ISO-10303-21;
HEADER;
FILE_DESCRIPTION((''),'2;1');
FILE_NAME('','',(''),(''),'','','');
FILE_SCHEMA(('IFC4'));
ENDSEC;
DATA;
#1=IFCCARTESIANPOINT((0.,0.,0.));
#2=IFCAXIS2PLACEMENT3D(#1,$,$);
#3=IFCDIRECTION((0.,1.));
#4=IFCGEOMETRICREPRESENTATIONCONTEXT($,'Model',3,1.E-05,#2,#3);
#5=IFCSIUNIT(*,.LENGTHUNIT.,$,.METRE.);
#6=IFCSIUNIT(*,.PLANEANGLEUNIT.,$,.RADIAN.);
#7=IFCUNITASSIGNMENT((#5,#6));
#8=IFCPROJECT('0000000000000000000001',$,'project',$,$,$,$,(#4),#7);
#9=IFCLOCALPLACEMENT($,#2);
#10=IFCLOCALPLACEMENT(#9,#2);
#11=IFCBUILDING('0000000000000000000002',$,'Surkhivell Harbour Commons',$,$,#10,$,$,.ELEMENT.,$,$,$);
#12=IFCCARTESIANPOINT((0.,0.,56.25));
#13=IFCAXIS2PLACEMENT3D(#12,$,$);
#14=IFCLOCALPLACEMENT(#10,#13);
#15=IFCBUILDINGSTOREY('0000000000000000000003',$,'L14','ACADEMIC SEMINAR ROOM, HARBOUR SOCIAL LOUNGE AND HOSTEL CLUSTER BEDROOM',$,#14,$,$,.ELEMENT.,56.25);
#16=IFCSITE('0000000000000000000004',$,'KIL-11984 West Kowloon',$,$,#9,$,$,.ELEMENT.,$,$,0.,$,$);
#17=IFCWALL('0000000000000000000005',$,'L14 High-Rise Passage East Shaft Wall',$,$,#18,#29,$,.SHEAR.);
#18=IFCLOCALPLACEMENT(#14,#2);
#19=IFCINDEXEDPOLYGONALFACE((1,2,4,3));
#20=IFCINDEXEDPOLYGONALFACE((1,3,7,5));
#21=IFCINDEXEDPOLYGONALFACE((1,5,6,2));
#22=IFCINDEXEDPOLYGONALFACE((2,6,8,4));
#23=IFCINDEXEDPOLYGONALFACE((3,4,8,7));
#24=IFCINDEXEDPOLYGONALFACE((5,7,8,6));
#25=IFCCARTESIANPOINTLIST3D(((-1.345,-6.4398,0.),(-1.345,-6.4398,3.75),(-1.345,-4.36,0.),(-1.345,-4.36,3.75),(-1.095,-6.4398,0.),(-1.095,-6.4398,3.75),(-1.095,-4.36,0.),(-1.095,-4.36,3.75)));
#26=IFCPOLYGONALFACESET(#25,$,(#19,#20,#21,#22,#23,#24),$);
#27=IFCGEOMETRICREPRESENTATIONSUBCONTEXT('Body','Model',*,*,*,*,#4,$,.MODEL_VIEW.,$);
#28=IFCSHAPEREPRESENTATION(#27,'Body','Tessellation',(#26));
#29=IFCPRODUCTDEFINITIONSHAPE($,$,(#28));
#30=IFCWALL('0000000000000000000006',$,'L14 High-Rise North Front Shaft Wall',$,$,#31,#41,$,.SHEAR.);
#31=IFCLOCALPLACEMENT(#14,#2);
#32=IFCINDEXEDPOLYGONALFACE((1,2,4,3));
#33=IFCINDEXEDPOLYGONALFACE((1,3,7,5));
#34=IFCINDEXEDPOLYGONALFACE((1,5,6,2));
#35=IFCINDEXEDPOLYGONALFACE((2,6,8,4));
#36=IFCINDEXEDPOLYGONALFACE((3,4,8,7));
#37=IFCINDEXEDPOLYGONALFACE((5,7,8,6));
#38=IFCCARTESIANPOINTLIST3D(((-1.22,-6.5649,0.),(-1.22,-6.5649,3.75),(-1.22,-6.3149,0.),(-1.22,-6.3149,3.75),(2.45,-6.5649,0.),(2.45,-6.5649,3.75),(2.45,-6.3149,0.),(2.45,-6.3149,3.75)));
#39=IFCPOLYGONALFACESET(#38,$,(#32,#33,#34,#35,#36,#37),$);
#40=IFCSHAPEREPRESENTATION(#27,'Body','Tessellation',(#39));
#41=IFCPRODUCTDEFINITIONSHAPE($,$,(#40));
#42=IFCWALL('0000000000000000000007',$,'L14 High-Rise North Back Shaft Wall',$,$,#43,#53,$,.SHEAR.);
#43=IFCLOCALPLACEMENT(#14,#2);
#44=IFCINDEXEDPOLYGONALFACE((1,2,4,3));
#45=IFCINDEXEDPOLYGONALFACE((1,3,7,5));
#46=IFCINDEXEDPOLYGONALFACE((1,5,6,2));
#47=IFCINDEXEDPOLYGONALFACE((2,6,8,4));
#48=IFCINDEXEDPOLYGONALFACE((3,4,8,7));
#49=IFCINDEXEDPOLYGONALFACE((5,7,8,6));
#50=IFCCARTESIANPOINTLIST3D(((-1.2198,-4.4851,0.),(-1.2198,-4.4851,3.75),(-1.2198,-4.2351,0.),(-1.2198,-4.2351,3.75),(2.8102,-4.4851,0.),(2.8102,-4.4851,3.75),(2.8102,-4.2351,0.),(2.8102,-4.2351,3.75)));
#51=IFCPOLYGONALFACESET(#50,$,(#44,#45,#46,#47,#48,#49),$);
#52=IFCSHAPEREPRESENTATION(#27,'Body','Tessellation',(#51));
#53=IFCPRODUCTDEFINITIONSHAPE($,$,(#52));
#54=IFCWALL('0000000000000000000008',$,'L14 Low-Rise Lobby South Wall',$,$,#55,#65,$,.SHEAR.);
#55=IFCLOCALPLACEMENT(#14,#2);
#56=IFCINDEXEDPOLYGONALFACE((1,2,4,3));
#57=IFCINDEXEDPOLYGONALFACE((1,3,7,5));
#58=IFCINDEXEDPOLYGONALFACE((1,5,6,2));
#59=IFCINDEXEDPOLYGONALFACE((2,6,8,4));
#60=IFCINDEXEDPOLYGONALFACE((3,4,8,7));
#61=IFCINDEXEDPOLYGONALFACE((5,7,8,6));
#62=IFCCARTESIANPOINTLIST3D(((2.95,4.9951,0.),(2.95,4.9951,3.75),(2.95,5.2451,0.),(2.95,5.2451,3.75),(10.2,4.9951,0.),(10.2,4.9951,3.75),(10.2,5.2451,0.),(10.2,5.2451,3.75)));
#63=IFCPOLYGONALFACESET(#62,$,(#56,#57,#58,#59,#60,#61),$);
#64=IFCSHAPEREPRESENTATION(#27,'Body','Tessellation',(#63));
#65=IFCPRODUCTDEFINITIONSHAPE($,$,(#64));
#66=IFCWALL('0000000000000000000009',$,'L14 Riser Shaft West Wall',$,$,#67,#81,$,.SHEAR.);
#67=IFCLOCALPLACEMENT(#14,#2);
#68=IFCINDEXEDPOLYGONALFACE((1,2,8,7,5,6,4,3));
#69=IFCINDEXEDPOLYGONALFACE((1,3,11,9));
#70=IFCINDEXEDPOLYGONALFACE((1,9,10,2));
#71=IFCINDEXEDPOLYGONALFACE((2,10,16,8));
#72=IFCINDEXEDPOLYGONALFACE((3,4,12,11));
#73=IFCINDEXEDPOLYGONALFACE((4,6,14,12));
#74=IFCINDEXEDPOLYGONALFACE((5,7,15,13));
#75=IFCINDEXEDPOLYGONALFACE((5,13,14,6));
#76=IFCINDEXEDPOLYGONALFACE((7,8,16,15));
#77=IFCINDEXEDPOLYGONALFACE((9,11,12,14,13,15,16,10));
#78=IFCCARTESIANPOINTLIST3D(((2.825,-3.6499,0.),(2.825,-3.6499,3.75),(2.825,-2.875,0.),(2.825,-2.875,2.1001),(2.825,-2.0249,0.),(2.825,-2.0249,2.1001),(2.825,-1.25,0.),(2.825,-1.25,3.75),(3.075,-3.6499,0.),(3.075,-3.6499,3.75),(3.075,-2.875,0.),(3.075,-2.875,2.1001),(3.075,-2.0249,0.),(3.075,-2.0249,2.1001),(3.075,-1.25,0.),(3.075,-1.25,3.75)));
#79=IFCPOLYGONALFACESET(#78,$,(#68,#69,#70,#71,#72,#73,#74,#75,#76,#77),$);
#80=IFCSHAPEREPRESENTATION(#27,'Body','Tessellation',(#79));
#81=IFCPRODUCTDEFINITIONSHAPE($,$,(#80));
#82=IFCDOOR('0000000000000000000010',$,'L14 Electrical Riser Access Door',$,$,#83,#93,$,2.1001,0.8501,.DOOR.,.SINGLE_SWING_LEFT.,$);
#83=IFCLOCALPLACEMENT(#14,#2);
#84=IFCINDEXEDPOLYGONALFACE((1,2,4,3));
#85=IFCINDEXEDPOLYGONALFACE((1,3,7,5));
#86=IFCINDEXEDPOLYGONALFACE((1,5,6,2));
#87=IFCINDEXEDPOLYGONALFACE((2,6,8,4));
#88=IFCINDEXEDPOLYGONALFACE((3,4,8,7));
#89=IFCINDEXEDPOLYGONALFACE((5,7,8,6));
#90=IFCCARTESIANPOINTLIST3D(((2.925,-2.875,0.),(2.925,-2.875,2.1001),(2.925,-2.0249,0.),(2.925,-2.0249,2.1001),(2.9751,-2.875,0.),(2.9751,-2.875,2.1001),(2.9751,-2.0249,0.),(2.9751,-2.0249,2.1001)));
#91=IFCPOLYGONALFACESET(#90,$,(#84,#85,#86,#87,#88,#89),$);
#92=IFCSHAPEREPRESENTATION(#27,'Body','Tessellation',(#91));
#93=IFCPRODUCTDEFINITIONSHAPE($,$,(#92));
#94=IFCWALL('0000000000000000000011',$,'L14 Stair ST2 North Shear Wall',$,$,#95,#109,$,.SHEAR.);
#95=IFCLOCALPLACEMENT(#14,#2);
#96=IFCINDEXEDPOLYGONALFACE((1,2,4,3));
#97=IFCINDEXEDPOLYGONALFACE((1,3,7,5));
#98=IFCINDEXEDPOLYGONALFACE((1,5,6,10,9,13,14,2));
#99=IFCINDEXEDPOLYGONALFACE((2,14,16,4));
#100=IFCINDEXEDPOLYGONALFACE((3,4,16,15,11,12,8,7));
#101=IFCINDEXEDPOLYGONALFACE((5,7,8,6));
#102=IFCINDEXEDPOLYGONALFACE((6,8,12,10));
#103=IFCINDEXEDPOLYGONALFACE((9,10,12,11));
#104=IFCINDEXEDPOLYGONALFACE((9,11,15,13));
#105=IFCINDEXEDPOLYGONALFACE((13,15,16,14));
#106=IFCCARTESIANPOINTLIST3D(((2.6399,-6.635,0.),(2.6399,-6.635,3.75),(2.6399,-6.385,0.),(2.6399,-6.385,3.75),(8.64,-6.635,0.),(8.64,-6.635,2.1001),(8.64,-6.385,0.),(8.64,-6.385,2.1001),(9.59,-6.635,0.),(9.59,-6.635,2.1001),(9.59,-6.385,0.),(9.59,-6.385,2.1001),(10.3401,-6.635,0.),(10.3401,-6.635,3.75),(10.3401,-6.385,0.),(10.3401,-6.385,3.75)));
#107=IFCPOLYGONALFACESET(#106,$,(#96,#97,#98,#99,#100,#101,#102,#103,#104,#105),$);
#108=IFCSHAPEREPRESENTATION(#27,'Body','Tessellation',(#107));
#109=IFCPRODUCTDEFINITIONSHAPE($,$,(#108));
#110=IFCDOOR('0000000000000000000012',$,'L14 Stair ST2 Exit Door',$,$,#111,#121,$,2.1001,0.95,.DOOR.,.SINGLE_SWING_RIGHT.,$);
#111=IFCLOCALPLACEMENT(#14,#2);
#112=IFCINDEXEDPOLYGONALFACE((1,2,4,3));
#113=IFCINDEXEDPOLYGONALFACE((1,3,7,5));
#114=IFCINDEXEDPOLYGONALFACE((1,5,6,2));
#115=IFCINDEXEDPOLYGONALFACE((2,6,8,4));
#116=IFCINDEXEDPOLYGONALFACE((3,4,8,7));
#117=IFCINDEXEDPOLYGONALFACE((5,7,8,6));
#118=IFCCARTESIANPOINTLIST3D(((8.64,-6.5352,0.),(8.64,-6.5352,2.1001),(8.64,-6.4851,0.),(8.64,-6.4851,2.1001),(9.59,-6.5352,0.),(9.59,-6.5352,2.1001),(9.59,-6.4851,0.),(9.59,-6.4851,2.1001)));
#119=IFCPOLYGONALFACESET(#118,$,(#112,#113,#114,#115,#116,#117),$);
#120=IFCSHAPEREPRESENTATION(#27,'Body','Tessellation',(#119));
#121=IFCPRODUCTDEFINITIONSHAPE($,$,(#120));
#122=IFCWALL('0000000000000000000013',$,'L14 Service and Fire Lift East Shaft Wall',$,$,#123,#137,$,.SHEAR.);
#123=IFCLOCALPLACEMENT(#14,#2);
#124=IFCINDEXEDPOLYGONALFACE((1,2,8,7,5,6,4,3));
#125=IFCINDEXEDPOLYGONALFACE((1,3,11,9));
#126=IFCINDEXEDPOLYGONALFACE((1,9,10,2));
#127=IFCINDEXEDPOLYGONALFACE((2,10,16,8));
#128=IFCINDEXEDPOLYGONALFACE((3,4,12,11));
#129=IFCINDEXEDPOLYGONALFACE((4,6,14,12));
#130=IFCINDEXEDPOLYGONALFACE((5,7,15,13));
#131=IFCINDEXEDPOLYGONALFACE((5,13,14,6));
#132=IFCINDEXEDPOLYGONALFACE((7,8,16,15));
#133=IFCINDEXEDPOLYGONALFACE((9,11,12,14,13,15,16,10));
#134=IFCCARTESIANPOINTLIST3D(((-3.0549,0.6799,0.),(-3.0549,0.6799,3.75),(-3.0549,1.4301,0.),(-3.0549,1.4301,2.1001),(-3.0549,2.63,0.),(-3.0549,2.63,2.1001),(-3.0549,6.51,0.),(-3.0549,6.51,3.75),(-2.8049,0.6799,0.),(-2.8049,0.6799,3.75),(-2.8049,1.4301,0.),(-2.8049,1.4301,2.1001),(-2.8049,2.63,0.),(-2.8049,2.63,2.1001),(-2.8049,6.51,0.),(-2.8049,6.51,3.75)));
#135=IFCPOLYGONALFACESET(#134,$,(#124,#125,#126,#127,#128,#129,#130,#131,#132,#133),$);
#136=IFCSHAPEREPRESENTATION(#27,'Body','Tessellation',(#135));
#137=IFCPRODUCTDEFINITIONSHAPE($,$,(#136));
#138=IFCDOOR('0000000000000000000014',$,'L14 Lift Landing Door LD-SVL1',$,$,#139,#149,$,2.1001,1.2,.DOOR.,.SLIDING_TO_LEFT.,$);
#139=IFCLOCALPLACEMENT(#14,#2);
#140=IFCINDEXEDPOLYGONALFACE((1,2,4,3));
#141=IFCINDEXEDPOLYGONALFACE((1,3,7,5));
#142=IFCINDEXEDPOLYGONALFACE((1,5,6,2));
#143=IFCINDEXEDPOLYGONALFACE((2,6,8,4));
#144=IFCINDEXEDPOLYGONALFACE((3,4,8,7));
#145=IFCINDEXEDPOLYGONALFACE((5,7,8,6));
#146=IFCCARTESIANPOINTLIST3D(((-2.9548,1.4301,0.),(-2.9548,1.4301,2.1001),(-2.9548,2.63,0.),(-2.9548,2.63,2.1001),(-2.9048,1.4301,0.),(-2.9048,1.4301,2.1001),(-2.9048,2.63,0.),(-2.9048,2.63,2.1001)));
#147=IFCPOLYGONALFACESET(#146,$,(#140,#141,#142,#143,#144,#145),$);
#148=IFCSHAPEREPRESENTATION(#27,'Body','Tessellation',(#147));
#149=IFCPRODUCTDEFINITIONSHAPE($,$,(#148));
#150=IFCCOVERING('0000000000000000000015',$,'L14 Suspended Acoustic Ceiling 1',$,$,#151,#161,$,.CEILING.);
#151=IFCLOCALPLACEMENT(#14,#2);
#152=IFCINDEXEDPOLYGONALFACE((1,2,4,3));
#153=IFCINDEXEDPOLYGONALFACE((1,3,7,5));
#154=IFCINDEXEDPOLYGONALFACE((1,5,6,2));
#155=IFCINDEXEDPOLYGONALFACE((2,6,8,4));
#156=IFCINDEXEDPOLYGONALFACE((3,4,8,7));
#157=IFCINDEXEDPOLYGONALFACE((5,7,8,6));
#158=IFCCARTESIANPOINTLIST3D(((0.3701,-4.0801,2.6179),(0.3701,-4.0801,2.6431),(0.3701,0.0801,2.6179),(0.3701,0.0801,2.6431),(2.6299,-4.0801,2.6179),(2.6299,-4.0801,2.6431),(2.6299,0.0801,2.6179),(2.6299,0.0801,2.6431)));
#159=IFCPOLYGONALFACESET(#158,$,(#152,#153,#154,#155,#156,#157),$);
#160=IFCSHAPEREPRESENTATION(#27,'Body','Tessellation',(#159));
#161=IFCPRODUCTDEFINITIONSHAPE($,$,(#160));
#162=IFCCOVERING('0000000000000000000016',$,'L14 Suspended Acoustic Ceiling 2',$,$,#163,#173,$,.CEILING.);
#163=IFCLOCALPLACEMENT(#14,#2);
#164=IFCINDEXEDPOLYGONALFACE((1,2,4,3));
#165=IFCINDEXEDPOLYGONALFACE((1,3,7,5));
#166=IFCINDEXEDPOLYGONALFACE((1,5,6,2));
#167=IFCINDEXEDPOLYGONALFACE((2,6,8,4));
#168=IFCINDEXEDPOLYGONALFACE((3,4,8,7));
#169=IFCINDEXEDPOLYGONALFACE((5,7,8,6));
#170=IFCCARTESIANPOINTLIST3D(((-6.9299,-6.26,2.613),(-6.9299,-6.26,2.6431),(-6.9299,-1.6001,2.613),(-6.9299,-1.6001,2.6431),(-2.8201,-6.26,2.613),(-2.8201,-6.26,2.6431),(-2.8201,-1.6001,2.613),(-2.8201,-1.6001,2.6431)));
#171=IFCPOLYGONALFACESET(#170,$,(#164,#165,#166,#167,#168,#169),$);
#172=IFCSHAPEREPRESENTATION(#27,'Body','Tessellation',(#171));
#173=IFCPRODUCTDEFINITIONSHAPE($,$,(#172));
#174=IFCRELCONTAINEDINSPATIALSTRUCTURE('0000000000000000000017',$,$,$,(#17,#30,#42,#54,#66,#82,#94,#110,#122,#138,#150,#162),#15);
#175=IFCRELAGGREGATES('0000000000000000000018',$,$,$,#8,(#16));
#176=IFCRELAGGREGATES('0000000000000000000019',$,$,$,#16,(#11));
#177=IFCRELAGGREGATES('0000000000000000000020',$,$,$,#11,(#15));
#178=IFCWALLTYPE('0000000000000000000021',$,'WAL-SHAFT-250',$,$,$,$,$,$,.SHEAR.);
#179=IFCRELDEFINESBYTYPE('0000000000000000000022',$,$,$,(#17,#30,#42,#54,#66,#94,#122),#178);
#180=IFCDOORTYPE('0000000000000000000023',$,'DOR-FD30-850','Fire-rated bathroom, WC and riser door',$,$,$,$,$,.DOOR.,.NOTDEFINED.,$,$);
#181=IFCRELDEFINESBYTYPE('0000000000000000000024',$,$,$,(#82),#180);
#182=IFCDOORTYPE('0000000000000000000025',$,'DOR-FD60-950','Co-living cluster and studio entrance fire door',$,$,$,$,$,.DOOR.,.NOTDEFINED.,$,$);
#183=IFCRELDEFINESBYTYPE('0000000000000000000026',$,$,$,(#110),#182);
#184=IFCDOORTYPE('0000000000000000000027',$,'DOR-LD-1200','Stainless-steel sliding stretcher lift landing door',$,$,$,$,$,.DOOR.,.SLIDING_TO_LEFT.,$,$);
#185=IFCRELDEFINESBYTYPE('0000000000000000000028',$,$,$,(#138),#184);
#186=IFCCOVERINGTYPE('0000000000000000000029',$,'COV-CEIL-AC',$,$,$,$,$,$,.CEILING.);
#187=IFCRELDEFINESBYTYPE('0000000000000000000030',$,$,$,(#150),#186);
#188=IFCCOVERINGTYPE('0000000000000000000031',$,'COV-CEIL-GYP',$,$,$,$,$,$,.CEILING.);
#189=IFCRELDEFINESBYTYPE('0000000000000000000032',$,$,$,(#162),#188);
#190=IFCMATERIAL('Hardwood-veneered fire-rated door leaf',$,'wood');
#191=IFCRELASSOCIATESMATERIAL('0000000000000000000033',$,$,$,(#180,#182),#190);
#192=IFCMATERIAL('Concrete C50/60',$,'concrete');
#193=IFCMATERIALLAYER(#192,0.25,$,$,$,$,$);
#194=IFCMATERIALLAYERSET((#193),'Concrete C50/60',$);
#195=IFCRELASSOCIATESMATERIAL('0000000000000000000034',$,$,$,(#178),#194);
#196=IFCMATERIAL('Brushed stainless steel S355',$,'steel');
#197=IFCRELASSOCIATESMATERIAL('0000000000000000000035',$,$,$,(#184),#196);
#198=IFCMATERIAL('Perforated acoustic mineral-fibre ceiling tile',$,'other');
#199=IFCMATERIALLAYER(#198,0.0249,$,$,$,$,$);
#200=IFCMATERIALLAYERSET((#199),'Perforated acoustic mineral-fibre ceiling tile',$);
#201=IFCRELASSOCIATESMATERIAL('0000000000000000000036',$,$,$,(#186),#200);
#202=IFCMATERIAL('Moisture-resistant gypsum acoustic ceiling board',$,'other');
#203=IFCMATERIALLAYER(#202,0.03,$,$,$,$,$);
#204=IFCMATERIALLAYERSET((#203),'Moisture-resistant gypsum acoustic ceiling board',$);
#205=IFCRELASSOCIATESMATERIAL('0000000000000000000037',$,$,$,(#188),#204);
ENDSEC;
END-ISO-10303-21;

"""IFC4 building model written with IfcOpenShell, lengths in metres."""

from ifc_helpers import new_model, si_unit, direction, frame, frame_2d, origin, place, context, subcontext, project, spatial, polyline, rectangle, outline, extrude, material, layer, layer_set, type_object, element, fill, save


model = new_model("IFC4")

# Units and contexts
model_context = context("Model", 3, precision=1e-05, world=origin(), true_north=direction((0.0, 1.0)))
body_context = subcontext(model_context, "Body", "Model", "MODEL_VIEW")
ifc_project = project(units=[si_unit("LENGTHUNIT", "METRE"), si_unit("PLANEANGLEUNIT", "RADIAN")], contexts=[model_context])

# Site, building, storey
site_placement = place(None, origin())
site = spatial("IfcSite", under=ifc_project, at=site_placement, Name="KIL-11984 West Kowloon", CompositionType="ELEMENT", RefElevation=0.0)
building_placement = place(site_placement, origin())
building = spatial("IfcBuilding", under=site, at=building_placement, Name="Surkhivell Harbour Commons", CompositionType="ELEMENT")
storey_placement = place(building_placement, frame((0.0, 0.0, 56.25)))
storey = spatial("IfcBuildingStorey", under=building, at=storey_placement, Name="L14", Description="ACADEMIC SEMINAR ROOM, HARBOUR SOCIAL LOUNGE AND HOSTEL CLUSTER BEDROOM", CompositionType="ELEMENT", Elevation=56.25)

# Shared definitions
ifc_material_1 = material(Name="Hardwood-veneered fire-rated door leaf", Category="wood")
door_type_1 = type_object("IfcDoorType", Name="DOR-FD30-850", Description="Fire-rated bathroom, WC and riser door", OperationType="NOTDEFINED", PredefinedType="DOOR", material=ifc_material_1)

# Walls
ifc_material_2 = material(Name="Concrete C50/60", Category="concrete")
ifc_layer_1 = layer(ifc_material_2, 0.25)
ifc_layer_set_1 = layer_set([ifc_layer_1], Name="Concrete C50/60")
wall_type_1 = type_object("IfcWallType", Name="WAL-SHAFT-250", PredefinedType="SHEAR", material=ifc_layer_set_1)
wall_1_placement = place(storey_placement, frame((-1.22, -6.4399, 0.0), z_axis=(0.0, 0.0, 1.0), x_axis=(0.0, 1.0, 0.0)))
element("IfcWall", 1, at=wall_1_placement, inside=storey, type_object=wall_type_1, Name="L14 High-Rise Passage East Shaft Wall", PredefinedType="SHEAR", context=body_context, shape_type="SweptSolid", body=[
    extrude(rectangle(XDim=2.0798, YDim=0.25, at=frame_2d((1.04, 0.0))), origin(), (0.0, 0.0, 1.0), 3.75),
])
wall_2_placement = place(storey_placement, frame((-1.22, -6.4399, 0.0), z_axis=(0.0, 0.0, 1.0), x_axis=(1.0, 0.0, 0.0)))
element("IfcWall", 2, at=wall_2_placement, inside=storey, type_object=wall_type_1, Name="L14 High-Rise North Front Shaft Wall", PredefinedType="SHEAR", context=body_context, shape_type="SweptSolid", body=[
    extrude(rectangle(XDim=3.6699, YDim=0.25, at=frame_2d((1.835, 0.0))), origin(), (0.0, 0.0, 1.0), 3.75),
])
wall_3_placement = place(storey_placement, frame((-1.22, -4.3601, 0.0), z_axis=(0.0, 0.0, 1.0), x_axis=(1.0, 0.0, 0.0)))
element("IfcWall", 3, at=wall_3_placement, inside=storey, type_object=wall_type_1, Name="L14 High-Rise North Back Shaft Wall", PredefinedType="SHEAR", context=body_context, shape_type="SweptSolid", body=[
    extrude(rectangle(XDim=4.03, YDim=0.25, at=frame_2d((2.0151, 0.0))), origin(), (0.0, 0.0, 1.0), 3.75),
])
wall_4_placement = place(storey_placement, frame((2.95, 5.1201, 0.0), z_axis=(0.0, 0.0, 1.0), x_axis=(1.0, 0.0, 0.0)))
element("IfcWall", 4, at=wall_4_placement, inside=storey, type_object=wall_type_1, Name="L14 Low-Rise Lobby South Wall", PredefinedType="SHEAR", context=body_context, shape_type="SweptSolid", body=[
    extrude(rectangle(XDim=7.25, YDim=0.25, at=frame_2d((3.625, 0.0))), origin(), (0.0, 0.0, 1.0), 3.75),
])

# Walls, openings, doors
wall_5_placement = place(storey_placement, frame((2.95, -3.6499, 0.0), z_axis=(0.0, 0.0, 1.0), x_axis=(0.0, 1.0, 0.0)))
wall_5 = element("IfcWall", 5, at=wall_5_placement, inside=storey, type_object=wall_type_1, Name="L14 Riser Shaft West Wall", PredefinedType="SHEAR", context=body_context, shape_type="SweptSolid", body=[
    extrude(rectangle(XDim=2.3999, YDim=0.25, at=frame_2d((1.2, 0.0))), origin(), (0.0, 0.0, 1.0), 3.75),
])
opening_1_placement = place(wall_5_placement, frame((0.7749, 0.0, 0.0)))
opening_1 = element("IfcOpeningElement", 6, at=opening_1_placement, cuts=wall_5, PredefinedType="OPENING", context=body_context, shape_type="SweptSolid", body=[
    extrude(rectangle(XDim=0.8501, YDim=2.1001, at=frame_2d((0.425, 1.05))), frame((0.0, 0.135, 0.0), z_axis=(0.0, -1.0, 0.0), x_axis=(1.0, 0.0, 0.0)), (0.0, 0.0, 1.0), 0.27),
])
door_1_placement = place(opening_1_placement, origin())
door_1 = element("IfcDoor", 7, at=door_1_placement, inside=storey, type_object=door_type_1, Name="L14 Electrical Riser Access Door", OperationType="SINGLE_SWING_LEFT", OverallHeight=2.1001, OverallWidth=0.8501, PredefinedType="DOOR", context=body_context, shape_type="SweptSolid", body=[
    extrude(rectangle(XDim=0.8501, YDim=2.1001, at=frame_2d((0.425, 1.05))), frame((0.0, 0.0249, 0.0), z_axis=(0.0, -1.0, 0.0), x_axis=(1.0, 0.0, 0.0)), (0.0, 0.0, 1.0), 0.05),
])
fill(opening_1, door_1)
wall_6_placement = place(storey_placement, frame((2.6399, -6.51, 0.0), z_axis=(0.0, 0.0, 1.0), x_axis=(1.0, 0.0, 0.0)))
wall_6 = element("IfcWall", 8, at=wall_6_placement, inside=storey, type_object=wall_type_1, Name="L14 Stair ST2 North Shear Wall", PredefinedType="SHEAR", context=body_context, shape_type="SweptSolid", body=[
    extrude(rectangle(XDim=7.7002, YDim=0.25, at=frame_2d((3.8501, 0.0))), origin(), (0.0, 0.0, 1.0), 3.75),
])
opening_2_placement = place(wall_6_placement, frame((6.0, 0.0, 0.0)))
opening_2 = element("IfcOpeningElement", 9, at=opening_2_placement, cuts=wall_6, PredefinedType="OPENING", context=body_context, shape_type="SweptSolid", body=[
    extrude(rectangle(XDim=0.95, YDim=2.1001, at=frame_2d((0.4751, 1.05))), frame((0.0, 0.135, 0.0), z_axis=(0.0, -1.0, 0.0), x_axis=(1.0, 0.0, 0.0)), (0.0, 0.0, 1.0), 0.27),
])
door_type_2 = type_object("IfcDoorType", Name="DOR-FD60-950", Description="Co-living cluster and studio entrance fire door", OperationType="NOTDEFINED", PredefinedType="DOOR", material=ifc_material_1)
door_2_placement = place(opening_2_placement, origin())
door_2 = element("IfcDoor", 10, at=door_2_placement, inside=storey, type_object=door_type_2, Name="L14 Stair ST2 Exit Door", OperationType="SINGLE_SWING_RIGHT", OverallHeight=2.1001, OverallWidth=0.95, PredefinedType="DOOR", context=body_context, shape_type="SweptSolid", body=[
    extrude(rectangle(XDim=0.95, YDim=2.1001, at=frame_2d((0.4751, 1.05))), frame((0.0, 0.0249, 0.0), z_axis=(0.0, -1.0, 0.0), x_axis=(1.0, 0.0, 0.0)), (0.0, 0.0, 1.0), 0.05),
])
fill(opening_2, door_2)
wall_7_placement = place(storey_placement, frame((-2.9299, 0.6799, 0.0), z_axis=(0.0, 0.0, 1.0), x_axis=(0.0, 1.0, 0.0)))
wall_7 = element("IfcWall", 11, at=wall_7_placement, inside=storey, type_object=wall_type_1, Name="L14 Service and Fire Lift East Shaft Wall", PredefinedType="SHEAR", context=body_context, shape_type="SweptSolid", body=[
    extrude(rectangle(XDim=5.8301, YDim=0.25, at=frame_2d((2.915, 0.0))), origin(), (0.0, 0.0, 1.0), 3.75),
])
opening_3_placement = place(wall_7_placement, frame((0.75, 0.0, 0.0)))
opening_3 = element("IfcOpeningElement", 12, at=opening_3_placement, cuts=wall_7, PredefinedType="OPENING", context=body_context, shape_type="SweptSolid", body=[
    extrude(rectangle(XDim=1.2, YDim=2.1001, at=frame_2d((0.6001, 1.05))), frame((0.0, 0.135, 0.0), z_axis=(0.0, -1.0, 0.0), x_axis=(1.0, 0.0, 0.0)), (0.0, 0.0, 1.0), 0.27),
])
ifc_material_3 = material(Name="Brushed stainless steel S355", Category="steel")
door_type_3 = type_object("IfcDoorType", Name="DOR-LD-1200", Description="Stainless-steel sliding stretcher lift landing door", OperationType="SLIDING_TO_LEFT", PredefinedType="DOOR", material=ifc_material_3)
door_3_placement = place(opening_3_placement, origin())
door_3 = element("IfcDoor", 13, at=door_3_placement, inside=storey, type_object=door_type_3, Name="L14 Lift Landing Door LD-SVL1", OperationType="SLIDING_TO_LEFT", OverallHeight=2.1001, OverallWidth=1.2, PredefinedType="DOOR", context=body_context, shape_type="SweptSolid", body=[
    extrude(rectangle(XDim=1.2, YDim=2.1001, at=frame_2d((0.6001, 1.05))), frame((0.0, 0.0249, 0.0), z_axis=(0.0, -1.0, 0.0), x_axis=(1.0, 0.0, 0.0)), (0.0, 0.0, 1.0), 0.05),
])
fill(opening_3, door_3)

# Coverings
ifc_material_4 = material(Name="Perforated acoustic mineral-fibre ceiling tile", Category="other")
ifc_layer_2 = layer(ifc_material_4, 0.0249)
ifc_layer_set_2 = layer_set([ifc_layer_2], Name="Perforated acoustic mineral-fibre ceiling tile")
covering_type_1 = type_object("IfcCoveringType", Name="COV-CEIL-AC", PredefinedType="CEILING", material=ifc_layer_set_2)
covering_1_placement = place(storey_placement, frame((0.0, 0.0, 2.6179)))
element("IfcCovering", 14, at=covering_1_placement, inside=storey, type_object=covering_type_1, Name="L14 Suspended Acoustic Ceiling 1", PredefinedType="CEILING", context=body_context, shape_type="SweptSolid", body=[
    extrude(outline(polyline([(0.3701, -4.0801), (2.6299, -4.0801), (2.6299, 0.0801), (0.3701, 0.0801), (0.3701, -4.0801)])), origin(), (0.0, 0.0, 1.0), 0.0251),
])
ifc_material_5 = material(Name="Moisture-resistant gypsum acoustic ceiling board", Category="other")
ifc_layer_3 = layer(ifc_material_5, 0.03)
ifc_layer_set_3 = layer_set([ifc_layer_3], Name="Moisture-resistant gypsum acoustic ceiling board")
covering_type_2 = type_object("IfcCoveringType", Name="COV-CEIL-GYP", PredefinedType="CEILING", material=ifc_layer_set_3)
covering_2_placement = place(storey_placement, frame((0.0, 0.0, 2.613)))
element("IfcCovering", 15, at=covering_2_placement, inside=storey, type_object=covering_type_2, Name="L14 Suspended Acoustic Ceiling 2", PredefinedType="CEILING", context=body_context, shape_type="SweptSolid", body=[
    extrude(outline(polyline([(-6.9299, -6.26), (-2.8201, -6.26), (-2.8201, -1.6001), (-6.9299, -1.6001), (-6.9299, -6.26)])), origin(), (0.0, 0.0, 1.0), 0.03),
])

save(model, "model.ifc")
